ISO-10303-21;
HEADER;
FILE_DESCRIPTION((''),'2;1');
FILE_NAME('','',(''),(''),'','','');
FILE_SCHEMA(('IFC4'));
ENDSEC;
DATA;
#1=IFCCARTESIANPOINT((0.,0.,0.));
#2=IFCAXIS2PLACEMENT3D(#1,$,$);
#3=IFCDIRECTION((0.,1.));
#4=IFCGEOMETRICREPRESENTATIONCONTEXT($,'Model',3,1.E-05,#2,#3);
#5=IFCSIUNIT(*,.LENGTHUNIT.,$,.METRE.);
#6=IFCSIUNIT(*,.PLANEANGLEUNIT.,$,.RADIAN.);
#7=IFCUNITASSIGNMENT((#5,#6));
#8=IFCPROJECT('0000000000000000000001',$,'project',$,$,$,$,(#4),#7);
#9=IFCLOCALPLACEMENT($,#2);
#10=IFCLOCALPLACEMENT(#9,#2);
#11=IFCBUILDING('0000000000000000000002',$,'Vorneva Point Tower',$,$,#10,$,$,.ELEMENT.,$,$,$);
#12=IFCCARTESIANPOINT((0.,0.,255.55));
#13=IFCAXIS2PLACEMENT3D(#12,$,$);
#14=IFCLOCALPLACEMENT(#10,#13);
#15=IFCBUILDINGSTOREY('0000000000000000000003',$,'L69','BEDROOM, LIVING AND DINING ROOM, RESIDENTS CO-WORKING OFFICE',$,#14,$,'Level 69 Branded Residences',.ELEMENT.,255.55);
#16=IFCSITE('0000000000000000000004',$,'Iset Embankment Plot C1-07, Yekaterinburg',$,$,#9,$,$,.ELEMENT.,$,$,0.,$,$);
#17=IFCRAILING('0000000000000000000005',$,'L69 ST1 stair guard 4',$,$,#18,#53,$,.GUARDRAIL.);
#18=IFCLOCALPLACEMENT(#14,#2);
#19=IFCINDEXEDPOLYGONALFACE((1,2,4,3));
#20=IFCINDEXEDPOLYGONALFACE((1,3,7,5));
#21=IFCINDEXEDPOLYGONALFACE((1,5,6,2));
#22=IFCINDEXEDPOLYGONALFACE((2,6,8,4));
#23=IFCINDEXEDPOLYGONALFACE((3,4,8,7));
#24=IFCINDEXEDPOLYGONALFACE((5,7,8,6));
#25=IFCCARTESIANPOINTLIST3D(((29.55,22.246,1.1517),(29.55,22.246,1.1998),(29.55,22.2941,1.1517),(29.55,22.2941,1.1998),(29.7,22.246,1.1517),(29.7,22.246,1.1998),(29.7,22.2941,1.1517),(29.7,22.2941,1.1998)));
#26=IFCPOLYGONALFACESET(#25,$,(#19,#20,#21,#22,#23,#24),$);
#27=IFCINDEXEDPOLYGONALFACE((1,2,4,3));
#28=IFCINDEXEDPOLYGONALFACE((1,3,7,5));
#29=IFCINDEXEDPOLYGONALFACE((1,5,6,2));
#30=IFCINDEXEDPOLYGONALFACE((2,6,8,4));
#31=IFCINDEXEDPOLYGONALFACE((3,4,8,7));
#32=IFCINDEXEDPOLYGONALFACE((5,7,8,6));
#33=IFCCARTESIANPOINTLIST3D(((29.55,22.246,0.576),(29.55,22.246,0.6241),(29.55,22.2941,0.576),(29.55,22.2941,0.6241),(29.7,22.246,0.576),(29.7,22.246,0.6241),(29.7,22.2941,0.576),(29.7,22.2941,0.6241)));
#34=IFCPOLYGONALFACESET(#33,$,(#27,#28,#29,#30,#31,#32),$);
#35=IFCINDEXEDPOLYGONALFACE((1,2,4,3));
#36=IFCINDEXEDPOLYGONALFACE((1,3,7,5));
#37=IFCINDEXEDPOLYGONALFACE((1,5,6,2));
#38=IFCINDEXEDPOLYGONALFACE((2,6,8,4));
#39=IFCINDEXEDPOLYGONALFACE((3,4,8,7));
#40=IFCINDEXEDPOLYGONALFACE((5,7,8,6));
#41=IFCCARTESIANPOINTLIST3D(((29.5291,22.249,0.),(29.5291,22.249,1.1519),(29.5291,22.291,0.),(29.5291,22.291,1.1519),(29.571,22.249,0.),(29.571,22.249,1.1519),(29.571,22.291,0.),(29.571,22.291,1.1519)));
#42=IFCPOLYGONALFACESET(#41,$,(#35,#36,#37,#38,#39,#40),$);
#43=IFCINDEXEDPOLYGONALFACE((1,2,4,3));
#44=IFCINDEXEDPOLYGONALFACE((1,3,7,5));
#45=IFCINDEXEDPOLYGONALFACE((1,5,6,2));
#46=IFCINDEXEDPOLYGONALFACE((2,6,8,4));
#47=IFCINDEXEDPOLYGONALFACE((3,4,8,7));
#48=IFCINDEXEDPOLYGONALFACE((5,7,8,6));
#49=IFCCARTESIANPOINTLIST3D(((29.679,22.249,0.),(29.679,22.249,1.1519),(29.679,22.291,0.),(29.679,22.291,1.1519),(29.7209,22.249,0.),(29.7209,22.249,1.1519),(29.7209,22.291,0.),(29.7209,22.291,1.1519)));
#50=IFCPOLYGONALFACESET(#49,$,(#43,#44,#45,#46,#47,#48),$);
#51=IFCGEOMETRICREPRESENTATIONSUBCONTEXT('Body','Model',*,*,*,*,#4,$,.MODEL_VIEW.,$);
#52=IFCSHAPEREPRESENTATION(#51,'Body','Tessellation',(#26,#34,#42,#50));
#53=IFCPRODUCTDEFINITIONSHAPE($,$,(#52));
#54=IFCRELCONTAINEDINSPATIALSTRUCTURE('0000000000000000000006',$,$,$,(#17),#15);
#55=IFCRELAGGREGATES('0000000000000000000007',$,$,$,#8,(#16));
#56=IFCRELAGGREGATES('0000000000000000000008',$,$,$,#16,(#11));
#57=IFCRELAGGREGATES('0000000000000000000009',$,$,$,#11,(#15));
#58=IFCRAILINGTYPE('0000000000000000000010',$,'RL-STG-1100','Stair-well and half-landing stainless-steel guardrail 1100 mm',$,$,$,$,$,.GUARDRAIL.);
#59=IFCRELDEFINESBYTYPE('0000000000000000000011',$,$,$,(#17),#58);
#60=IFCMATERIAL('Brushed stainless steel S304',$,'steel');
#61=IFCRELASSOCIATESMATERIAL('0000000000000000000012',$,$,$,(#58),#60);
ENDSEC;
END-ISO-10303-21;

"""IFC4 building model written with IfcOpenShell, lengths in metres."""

from ifc_helpers import new_model, si_unit, direction, frame, origin, origin_2d, place, context, subcontext, project, spatial, rectangle, extrude, material, type_object, element, save


model = new_model("IFC4")

# Units and contexts
model_context = context("Model", 3, precision=1e-05, world=origin(), true_north=direction((0.0, 1.0)))
body_context = subcontext(model_context, "Body", "Model", "MODEL_VIEW")
ifc_project = project(units=[si_unit("LENGTHUNIT", "METRE"), si_unit("PLANEANGLEUNIT", "RADIAN")], contexts=[model_context])

# Site, building, storey
site_placement = place(None, origin())
site = spatial("IfcSite", under=ifc_project, at=site_placement, Name="Iset Embankment Plot C1-07, Yekaterinburg", CompositionType="ELEMENT", RefElevation=0.0)
building_placement = place(site_placement, origin())
building = spatial("IfcBuilding", under=site, at=building_placement, Name="Vorneva Point Tower", CompositionType="ELEMENT")
storey_placement = place(building_placement, frame((0.0, 0.0, 255.55)))
storey = spatial("IfcBuildingStorey", under=building, at=storey_placement, Name="L69", Description="BEDROOM, LIVING AND DINING ROOM, RESIDENTS CO-WORKING OFFICE", LongName="Level 69 Branded Residences", CompositionType="ELEMENT", Elevation=255.55)

# Railing
ifc_material_1 = material(Name="Brushed stainless steel S304", Category="steel")
railing_type_1 = type_object("IfcRailingType", Name="RL-STG-1100", Description="Stair-well and half-landing stainless-steel guardrail 1100 mm", PredefinedType="GUARDRAIL", material=ifc_material_1)
railing_1_placement = place(storey_placement, frame((29.55, 22.27, 0.0)))
element("IfcRailing", 1, at=railing_1_placement, inside=storey, type_object=railing_type_1, Name="L69 ST1 stair guard 4", PredefinedType="GUARDRAIL", context=body_context, shape_type="SweptSolid", body=[
    extrude(rectangle(XDim=0.0481, YDim=0.0481, at=origin_2d()), frame((0.0, 0.0, 1.1758), z_axis=(1.0, 0.0, 0.0), x_axis=(0.0, 1.0, 0.0)), (0.0, 0.0, 1.0), 0.1499),
    extrude(rectangle(XDim=0.0481, YDim=0.0481, at=origin_2d()), frame((0.0, 0.0, 0.6001), z_axis=(1.0, 0.0, 0.0), x_axis=(0.0, 1.0, 0.0)), (0.0, 0.0, 1.0), 0.1499),
    extrude(rectangle(XDim=0.042, YDim=0.042, at=origin_2d()), origin(), (0.0, 0.0, 1.0), 1.1519),
    extrude(rectangle(XDim=0.042, YDim=0.042, at=origin_2d()), frame((0.1499, 0.0, 0.0)), (0.0, 0.0, 1.0), 1.1519),
])

save(model, "model.ifc")
